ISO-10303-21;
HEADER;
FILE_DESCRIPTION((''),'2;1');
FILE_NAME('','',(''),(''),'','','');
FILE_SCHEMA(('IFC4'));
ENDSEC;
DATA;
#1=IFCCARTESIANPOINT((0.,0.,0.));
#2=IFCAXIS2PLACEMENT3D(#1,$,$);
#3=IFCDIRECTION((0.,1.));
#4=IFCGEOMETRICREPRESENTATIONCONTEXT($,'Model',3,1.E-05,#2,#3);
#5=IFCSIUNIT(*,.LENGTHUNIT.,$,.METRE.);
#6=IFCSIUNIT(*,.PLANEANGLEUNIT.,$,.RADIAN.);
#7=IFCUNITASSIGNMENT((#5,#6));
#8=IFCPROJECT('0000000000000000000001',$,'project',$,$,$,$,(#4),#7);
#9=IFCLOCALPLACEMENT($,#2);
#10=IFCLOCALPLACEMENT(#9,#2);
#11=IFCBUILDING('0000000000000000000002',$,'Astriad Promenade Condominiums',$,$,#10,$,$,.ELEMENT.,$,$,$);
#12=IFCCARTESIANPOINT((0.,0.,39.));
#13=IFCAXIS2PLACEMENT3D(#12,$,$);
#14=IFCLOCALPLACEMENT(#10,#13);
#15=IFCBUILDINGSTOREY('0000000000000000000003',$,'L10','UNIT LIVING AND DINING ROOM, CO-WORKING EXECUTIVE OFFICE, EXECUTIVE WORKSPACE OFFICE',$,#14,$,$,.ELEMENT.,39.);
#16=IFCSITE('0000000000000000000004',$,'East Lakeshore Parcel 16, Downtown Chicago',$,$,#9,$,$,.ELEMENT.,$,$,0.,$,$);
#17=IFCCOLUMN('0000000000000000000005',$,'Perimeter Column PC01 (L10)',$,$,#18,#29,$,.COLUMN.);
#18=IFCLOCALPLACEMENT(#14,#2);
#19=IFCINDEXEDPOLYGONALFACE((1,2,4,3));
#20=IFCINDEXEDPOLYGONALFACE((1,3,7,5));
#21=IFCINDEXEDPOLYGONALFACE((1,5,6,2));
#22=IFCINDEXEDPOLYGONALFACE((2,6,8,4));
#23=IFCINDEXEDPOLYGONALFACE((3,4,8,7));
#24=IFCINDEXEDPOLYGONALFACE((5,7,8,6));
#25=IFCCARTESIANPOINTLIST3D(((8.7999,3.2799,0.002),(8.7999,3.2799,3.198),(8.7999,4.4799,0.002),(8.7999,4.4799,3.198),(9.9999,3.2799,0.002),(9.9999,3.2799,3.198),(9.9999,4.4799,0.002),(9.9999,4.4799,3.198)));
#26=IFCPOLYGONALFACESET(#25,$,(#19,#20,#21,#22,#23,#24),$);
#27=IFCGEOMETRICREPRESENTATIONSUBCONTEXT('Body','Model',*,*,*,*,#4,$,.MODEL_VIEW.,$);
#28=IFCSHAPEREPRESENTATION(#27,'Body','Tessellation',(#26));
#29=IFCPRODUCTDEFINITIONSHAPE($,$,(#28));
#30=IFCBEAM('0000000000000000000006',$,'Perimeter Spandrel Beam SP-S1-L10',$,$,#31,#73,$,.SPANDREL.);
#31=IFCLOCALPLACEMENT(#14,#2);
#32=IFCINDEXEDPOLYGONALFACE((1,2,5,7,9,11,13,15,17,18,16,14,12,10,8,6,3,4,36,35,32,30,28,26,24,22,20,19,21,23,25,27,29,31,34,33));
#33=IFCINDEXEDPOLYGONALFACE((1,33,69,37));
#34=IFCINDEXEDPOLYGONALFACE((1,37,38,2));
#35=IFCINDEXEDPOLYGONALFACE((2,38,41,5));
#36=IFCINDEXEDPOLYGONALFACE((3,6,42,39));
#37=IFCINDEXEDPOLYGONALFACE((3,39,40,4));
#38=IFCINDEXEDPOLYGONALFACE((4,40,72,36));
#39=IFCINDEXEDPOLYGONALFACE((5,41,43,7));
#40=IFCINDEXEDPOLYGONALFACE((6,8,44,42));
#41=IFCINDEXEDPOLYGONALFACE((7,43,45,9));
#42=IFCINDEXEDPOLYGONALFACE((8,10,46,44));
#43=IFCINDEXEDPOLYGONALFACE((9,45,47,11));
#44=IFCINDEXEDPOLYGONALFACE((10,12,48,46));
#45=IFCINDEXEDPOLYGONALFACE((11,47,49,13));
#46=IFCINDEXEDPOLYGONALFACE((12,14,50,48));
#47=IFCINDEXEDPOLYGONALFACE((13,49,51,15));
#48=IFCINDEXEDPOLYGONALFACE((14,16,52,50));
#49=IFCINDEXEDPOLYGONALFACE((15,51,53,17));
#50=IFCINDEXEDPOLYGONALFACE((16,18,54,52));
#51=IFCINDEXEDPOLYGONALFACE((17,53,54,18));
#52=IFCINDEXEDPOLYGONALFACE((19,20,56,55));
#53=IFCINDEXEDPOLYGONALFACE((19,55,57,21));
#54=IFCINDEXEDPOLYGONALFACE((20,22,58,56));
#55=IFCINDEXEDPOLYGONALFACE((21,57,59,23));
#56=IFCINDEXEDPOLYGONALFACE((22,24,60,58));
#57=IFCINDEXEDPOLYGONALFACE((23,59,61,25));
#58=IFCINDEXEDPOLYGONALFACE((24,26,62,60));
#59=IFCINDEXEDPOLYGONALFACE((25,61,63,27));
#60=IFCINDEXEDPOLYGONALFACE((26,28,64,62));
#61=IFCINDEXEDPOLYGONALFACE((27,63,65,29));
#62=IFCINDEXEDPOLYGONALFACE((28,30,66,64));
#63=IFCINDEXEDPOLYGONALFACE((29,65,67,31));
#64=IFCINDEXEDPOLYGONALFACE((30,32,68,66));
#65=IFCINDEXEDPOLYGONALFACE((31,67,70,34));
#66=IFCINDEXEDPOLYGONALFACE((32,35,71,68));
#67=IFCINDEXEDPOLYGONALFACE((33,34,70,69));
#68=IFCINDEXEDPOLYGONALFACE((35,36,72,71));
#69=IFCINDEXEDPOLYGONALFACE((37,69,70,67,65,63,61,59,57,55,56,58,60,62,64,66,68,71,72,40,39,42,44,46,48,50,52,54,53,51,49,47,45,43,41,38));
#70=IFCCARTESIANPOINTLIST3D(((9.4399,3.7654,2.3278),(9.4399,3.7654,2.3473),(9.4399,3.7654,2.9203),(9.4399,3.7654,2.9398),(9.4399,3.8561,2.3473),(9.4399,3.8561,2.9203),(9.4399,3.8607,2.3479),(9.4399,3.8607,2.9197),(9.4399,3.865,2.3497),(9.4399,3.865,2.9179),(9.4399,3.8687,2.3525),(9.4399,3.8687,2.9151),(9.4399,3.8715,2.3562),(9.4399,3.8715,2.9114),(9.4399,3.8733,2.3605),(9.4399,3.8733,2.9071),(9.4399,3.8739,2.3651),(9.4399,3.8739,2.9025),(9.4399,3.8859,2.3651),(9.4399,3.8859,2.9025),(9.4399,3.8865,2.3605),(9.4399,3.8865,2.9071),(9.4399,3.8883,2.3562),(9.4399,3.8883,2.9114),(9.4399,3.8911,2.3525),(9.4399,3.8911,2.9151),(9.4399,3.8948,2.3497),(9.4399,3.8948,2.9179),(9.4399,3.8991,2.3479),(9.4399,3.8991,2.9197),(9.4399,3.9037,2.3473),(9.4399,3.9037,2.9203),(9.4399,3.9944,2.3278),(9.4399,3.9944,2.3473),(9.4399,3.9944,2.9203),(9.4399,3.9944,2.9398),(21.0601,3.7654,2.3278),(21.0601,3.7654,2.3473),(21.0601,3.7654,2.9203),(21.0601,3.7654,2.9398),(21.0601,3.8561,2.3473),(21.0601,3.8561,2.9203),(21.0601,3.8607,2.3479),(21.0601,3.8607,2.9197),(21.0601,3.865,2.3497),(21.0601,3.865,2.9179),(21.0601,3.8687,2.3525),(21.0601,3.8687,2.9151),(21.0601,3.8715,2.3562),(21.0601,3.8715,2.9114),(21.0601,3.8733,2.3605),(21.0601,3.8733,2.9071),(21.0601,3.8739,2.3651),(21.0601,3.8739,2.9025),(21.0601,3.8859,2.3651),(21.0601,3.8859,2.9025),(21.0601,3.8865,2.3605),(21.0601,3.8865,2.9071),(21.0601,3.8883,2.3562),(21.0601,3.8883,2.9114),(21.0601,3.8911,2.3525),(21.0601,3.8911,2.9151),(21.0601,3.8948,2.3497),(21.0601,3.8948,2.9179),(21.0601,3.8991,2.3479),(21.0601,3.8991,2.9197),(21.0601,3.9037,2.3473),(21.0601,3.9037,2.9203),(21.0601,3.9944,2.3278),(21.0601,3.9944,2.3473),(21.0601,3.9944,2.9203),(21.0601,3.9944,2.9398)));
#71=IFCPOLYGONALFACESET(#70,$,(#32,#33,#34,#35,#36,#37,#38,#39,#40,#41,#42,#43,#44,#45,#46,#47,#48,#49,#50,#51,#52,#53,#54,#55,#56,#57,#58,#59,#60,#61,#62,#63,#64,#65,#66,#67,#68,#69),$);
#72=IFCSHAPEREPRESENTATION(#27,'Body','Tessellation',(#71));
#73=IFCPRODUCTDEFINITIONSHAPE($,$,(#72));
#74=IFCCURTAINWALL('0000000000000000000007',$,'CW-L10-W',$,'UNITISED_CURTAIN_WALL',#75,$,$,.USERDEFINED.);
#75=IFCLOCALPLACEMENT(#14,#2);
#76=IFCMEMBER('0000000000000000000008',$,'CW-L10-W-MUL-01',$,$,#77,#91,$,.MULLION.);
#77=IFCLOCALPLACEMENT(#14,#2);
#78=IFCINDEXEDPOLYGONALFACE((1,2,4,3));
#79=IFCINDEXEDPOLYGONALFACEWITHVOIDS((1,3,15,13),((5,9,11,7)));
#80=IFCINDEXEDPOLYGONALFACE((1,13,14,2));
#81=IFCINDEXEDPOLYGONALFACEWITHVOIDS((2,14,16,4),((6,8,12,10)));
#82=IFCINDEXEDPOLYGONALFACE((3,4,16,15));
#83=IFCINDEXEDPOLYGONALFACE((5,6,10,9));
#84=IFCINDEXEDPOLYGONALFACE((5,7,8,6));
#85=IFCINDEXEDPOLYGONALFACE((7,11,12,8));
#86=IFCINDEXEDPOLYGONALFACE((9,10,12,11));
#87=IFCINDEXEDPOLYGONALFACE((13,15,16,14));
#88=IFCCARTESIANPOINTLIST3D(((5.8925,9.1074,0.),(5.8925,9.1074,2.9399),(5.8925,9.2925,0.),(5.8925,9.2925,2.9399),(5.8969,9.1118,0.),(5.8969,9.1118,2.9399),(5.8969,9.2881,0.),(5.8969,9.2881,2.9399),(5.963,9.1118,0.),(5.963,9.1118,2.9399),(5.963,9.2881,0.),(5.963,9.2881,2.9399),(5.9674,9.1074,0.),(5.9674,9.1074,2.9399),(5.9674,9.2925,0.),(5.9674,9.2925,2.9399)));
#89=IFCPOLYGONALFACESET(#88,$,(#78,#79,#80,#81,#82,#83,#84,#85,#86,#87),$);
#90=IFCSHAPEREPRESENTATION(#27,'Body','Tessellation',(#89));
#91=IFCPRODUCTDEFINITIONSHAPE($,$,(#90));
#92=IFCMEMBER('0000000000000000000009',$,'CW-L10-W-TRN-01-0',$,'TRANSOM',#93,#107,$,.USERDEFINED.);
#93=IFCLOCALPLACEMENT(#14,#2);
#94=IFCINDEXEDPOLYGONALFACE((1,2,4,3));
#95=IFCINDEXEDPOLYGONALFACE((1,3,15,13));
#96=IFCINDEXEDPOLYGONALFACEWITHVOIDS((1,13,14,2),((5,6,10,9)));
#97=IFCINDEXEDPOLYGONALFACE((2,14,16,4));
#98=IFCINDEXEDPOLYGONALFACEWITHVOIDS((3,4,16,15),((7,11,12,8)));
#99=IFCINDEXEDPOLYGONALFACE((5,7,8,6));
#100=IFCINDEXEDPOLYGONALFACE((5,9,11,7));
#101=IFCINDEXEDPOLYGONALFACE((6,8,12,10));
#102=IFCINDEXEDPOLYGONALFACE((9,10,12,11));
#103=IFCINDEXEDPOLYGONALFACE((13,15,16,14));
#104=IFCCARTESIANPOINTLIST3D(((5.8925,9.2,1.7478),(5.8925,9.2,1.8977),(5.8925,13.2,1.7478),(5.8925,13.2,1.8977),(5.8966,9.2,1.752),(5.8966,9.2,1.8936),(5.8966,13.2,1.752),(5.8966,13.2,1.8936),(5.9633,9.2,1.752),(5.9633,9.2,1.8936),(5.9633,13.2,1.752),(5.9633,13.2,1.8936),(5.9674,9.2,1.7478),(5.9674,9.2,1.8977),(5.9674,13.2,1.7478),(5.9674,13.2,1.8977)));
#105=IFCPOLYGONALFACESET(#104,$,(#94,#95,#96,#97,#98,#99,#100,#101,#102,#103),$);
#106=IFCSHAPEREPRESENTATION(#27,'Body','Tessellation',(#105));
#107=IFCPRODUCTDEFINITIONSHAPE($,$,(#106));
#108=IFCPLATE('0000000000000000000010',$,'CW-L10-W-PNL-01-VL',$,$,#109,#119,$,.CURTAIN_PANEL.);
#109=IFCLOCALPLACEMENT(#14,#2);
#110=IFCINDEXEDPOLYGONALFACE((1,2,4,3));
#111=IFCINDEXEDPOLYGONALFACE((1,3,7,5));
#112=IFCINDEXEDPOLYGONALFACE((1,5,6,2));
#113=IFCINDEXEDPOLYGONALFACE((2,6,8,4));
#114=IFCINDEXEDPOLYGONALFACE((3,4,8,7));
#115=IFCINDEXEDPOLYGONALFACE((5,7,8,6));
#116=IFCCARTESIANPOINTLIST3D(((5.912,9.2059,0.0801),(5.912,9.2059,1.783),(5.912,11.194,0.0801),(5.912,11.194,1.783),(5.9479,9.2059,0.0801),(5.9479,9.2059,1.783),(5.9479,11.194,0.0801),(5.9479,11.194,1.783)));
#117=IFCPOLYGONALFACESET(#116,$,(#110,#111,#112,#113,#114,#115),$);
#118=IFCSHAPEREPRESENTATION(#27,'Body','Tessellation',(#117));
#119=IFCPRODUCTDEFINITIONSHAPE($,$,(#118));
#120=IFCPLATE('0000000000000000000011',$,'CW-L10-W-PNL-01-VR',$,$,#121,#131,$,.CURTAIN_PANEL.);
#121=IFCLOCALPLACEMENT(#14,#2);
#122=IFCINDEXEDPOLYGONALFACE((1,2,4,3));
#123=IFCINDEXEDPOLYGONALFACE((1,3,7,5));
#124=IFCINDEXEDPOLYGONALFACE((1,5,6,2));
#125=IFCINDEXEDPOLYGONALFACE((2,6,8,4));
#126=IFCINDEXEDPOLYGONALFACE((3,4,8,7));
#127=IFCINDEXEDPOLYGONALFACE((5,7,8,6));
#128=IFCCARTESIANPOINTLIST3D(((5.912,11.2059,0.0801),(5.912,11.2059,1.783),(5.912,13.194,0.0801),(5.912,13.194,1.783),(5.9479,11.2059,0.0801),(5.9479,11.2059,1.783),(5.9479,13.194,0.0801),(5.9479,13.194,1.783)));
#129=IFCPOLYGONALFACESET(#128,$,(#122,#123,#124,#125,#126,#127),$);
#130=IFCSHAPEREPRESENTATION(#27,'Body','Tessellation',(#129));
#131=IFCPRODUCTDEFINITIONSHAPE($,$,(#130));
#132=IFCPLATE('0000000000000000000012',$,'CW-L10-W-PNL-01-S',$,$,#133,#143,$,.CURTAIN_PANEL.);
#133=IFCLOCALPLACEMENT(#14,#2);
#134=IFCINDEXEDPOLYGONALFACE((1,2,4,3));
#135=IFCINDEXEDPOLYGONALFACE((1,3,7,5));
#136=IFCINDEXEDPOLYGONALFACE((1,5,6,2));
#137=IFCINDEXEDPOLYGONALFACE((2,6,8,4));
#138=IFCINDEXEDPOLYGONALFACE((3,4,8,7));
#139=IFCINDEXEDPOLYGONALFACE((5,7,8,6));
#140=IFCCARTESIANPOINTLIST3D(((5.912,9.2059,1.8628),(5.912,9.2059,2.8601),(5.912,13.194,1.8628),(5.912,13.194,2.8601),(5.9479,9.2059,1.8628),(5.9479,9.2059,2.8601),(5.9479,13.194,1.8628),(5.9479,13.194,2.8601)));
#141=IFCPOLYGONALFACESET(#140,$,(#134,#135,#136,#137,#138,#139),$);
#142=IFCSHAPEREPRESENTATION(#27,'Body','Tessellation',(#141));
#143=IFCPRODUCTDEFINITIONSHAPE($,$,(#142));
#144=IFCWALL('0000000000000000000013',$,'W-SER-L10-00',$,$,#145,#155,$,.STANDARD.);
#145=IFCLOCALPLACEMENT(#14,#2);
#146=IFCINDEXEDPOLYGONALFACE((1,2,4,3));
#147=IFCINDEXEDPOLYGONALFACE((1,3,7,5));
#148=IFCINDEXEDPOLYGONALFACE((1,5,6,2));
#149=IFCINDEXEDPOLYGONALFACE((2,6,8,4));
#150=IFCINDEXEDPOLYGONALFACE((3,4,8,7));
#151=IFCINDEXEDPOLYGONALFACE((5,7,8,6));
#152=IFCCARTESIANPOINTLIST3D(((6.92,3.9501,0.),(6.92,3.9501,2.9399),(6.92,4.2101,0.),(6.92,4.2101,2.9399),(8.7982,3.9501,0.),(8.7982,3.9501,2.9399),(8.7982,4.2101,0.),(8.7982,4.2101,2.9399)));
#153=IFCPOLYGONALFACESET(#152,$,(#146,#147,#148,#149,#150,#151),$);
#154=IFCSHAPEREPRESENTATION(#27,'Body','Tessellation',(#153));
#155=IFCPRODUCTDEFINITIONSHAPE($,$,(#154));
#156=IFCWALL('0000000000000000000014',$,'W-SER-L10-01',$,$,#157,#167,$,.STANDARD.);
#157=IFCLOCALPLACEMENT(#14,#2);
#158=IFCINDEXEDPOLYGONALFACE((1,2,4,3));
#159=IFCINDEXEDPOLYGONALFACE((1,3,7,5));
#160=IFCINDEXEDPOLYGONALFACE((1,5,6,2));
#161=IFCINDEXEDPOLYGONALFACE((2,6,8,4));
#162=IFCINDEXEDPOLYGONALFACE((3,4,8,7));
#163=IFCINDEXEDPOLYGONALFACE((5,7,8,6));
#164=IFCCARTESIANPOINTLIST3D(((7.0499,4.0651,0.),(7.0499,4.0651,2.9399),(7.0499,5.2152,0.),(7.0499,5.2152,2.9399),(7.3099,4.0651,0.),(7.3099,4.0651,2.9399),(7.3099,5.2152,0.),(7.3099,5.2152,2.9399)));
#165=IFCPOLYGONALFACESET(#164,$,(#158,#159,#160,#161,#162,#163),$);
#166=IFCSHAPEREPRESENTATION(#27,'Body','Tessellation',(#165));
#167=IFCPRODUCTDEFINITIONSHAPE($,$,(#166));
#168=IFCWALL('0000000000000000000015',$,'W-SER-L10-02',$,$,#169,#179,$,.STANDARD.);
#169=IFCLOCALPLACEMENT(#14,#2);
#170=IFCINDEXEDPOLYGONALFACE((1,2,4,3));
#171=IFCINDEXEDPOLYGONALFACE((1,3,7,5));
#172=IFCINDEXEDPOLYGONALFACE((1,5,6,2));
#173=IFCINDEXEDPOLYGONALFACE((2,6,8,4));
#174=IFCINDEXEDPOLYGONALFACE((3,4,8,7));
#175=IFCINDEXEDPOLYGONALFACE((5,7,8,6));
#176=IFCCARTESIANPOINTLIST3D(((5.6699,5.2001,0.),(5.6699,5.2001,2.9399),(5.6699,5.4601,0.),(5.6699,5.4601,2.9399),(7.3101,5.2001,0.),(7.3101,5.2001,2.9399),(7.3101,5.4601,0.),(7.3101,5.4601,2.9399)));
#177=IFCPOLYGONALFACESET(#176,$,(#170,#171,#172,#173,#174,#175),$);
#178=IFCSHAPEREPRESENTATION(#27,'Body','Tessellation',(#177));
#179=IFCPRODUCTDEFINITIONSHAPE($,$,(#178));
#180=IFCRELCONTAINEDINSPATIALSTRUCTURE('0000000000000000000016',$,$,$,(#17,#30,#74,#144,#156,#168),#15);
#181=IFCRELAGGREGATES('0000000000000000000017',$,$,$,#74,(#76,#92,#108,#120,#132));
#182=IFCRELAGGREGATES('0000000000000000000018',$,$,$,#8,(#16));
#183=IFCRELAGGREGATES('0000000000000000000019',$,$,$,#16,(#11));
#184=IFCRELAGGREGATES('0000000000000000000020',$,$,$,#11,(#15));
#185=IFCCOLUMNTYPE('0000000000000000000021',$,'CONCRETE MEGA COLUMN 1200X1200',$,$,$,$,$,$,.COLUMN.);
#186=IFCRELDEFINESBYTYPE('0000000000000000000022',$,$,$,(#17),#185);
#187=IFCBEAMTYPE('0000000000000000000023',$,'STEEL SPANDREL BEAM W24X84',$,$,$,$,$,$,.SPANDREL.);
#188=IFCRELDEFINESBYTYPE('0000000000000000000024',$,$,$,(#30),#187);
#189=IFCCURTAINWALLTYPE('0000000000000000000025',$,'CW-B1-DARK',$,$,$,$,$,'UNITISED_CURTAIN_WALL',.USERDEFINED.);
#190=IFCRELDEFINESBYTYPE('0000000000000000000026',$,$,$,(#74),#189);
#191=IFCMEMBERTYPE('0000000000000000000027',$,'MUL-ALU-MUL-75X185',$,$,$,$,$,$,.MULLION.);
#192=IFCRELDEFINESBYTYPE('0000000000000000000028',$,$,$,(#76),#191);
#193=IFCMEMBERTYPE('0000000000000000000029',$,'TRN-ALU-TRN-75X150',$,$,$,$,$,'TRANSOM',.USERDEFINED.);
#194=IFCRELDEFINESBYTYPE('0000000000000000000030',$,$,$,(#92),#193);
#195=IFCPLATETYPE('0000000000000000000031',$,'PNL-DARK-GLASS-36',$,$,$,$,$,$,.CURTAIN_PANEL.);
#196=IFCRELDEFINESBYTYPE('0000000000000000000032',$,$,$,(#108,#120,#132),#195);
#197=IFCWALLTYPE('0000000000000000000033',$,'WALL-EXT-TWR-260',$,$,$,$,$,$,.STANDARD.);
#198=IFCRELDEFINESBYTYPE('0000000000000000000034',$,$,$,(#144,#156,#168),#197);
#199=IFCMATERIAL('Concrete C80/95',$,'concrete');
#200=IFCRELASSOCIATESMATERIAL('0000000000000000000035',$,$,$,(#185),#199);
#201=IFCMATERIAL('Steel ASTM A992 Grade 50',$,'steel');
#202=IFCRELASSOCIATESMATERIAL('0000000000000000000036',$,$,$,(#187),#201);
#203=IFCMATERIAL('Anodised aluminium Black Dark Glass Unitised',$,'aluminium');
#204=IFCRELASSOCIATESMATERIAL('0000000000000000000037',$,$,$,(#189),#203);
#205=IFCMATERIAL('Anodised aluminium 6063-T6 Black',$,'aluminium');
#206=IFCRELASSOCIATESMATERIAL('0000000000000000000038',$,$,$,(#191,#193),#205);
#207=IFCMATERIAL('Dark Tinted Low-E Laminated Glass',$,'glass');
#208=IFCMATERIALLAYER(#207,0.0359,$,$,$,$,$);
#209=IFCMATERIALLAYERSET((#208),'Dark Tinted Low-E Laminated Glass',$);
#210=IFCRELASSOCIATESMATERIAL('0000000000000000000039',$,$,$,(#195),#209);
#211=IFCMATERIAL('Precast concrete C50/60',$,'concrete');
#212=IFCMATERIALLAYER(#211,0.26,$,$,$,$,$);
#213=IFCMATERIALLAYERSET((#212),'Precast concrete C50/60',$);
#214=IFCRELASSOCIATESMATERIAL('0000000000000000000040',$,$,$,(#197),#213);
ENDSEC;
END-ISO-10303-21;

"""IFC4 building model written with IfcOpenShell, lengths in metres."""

from ifc_helpers import new_model, si_unit, direction, frame, frame_2d, origin, origin_2d, place, context, subcontext, project, spatial, rectangle, hollow_rectangle, i_section, extrude, source, transform, mapped, material, layer, layer_set, material_profile, profile_set, type_object, type_shapes, element, aggregate, save


model = new_model("IFC4")

# Units and contexts
model_context = context("Model", 3, precision=1e-05, world=origin(), true_north=direction((0.0, 1.0)))
body_context = subcontext(model_context, "Body", "Model", "MODEL_VIEW")
ifc_project = project(units=[si_unit("LENGTHUNIT", "METRE"), si_unit("PLANEANGLEUNIT", "RADIAN")], contexts=[model_context])

# Site, building, storey
site_placement = place(None, origin())
site = spatial("IfcSite", under=ifc_project, at=site_placement, Name="East Lakeshore Parcel 16, Downtown Chicago", CompositionType="ELEMENT", RefElevation=0.0)
building_placement = place(site_placement, origin())
building = spatial("IfcBuilding", under=site, at=building_placement, Name="Astriad Promenade Condominiums", CompositionType="ELEMENT")
storey_placement = place(building_placement, frame((0.0, 0.0, 39.0)))
storey = spatial("IfcBuildingStorey", under=building, at=storey_placement, Name="L10", Description="UNIT LIVING AND DINING ROOM, CO-WORKING EXECUTIVE OFFICE, EXECUTIVE WORKSPACE OFFICE", CompositionType="ELEMENT", Elevation=39.0)

# Column
ifc_material_1 = material(Name="Concrete C80/95", Category="concrete")
ifc_material_profile_1 = material_profile(ifc_material_1, rectangle(XDim=1.2, YDim=1.2, at=origin_2d()), Name="RC-COL-1200X1200")
ifc_profile_set_1 = profile_set([ifc_material_profile_1], Name="Concrete C80/95")
column_type = type_object("IfcColumnType", Name="CONCRETE MEGA COLUMN 1200X1200", PredefinedType="COLUMN", material=ifc_profile_set_1)
shared_shape_1 = source(origin(), body_context, "Body", "SweptSolid", [
    extrude(rectangle(XDim=1.2, YDim=1.2, at=origin_2d()), origin(), (0.0, 0.0, 1.0), 3.196),
])
type_shapes(column_type, [shared_shape_1])
column_placement = place(storey_placement, frame((9.3999, 3.8799, 0.002), z_axis=(0.0, 0.0, 1.0), x_axis=(1.0, 0.0, 0.0)))
element("IfcColumn", 1, at=column_placement, inside=storey, type_object=column_type, Name="Perimeter Column PC01 (L10)", PredefinedType="COLUMN", context=body_context, shape_type="MappedRepresentation", body=[
    mapped(shared_shape_1, transform((0.0, 0.0, 0.0), scale=1.0)),
])

# Beam
ifc_material_2 = material(Name="Steel ASTM A992 Grade 50", Category="steel")
ifc_material_profile_2 = material_profile(ifc_material_2, i_section(OverallWidth=0.229, OverallDepth=0.6121, WebThickness=0.012, FlangeThickness=0.0195, FilletRadius=0.0178, at=origin_2d()), Name="W24X84")
ifc_profile_set_2 = profile_set([ifc_material_profile_2], Name="Steel ASTM A992 Grade 50")
beam_type = type_object("IfcBeamType", Name="STEEL SPANDREL BEAM W24X84", PredefinedType="SPANDREL", material=ifc_profile_set_2)
shared_shape_2 = source(origin(), body_context, "Body", "SweptSolid", [
    extrude(i_section(OverallWidth=0.229, OverallDepth=0.6121, WebThickness=0.012, FlangeThickness=0.0195, FilletRadius=0.0178, at=origin_2d()), origin(), (0.0, 0.0, 1.0), 11.6201),
])
type_shapes(beam_type, [shared_shape_2])
beam_placement = place(storey_placement, frame((9.4399, 3.8799, 2.6338), z_axis=(1.0, 0.0, 0.0), x_axis=(0.0, 1.0, 0.0)))
element("IfcBeam", 2, at=beam_placement, inside=storey, type_object=beam_type, Name="Perimeter Spandrel Beam SP-S1-L10", PredefinedType="SPANDREL", context=body_context, shape_type="MappedRepresentation", body=[
    mapped(shared_shape_2, transform((0.0, 0.0, 0.0), scale=1.0)),
])

# Curtain wall, members, plates
ifc_material_3 = material(Name="Anodised aluminium Black Dark Glass Unitised", Category="aluminium")
curtain_wall_type = type_object("IfcCurtainWallType", Name="CW-B1-DARK", ElementType="UNITISED_CURTAIN_WALL", PredefinedType="USERDEFINED", material=ifc_material_3)
curtain_wall_placement = place(storey_placement, origin())
curtain_wall = element("IfcCurtainWall", 3, at=curtain_wall_placement, inside=storey, type_object=curtain_wall_type, Name="CW-L10-W", ObjectType="UNITISED_CURTAIN_WALL", PredefinedType="USERDEFINED")
ifc_material_4 = material(Name="Anodised aluminium 6063-T6 Black", Category="aluminium")
ifc_material_profile_3 = material_profile(ifc_material_4, hollow_rectangle(XDim=0.075, YDim=0.1851, WallThickness=0.0044, at=origin_2d()), Name="ALU-MUL-75X185")
ifc_profile_set_3 = profile_set([ifc_material_profile_3], Name="Anodised aluminium 6063-T6 Black")
member_type_1 = type_object("IfcMemberType", Name="MUL-ALU-MUL-75X185", PredefinedType="MULLION", material=ifc_profile_set_3)
shared_shape_3 = source(origin(), body_context, "Body", "SweptSolid", [
    extrude(hollow_rectangle(XDim=0.075, YDim=0.1851, WallThickness=0.0044, at=origin_2d()), origin(), (0.0, 0.0, 1.0), 2.9399),
])
type_shapes(member_type_1, [shared_shape_3])
member_1_placement = place(storey_placement, frame((5.9299, 9.2, 0.0), z_axis=(0.0, 0.0, 1.0), x_axis=(1.0, 0.0, 0.0)))
member_1 = element("IfcMember", 4, at=member_1_placement, type_object=member_type_1, Name="CW-L10-W-MUL-01", PredefinedType="MULLION", context=body_context, shape_type="MappedRepresentation", body=[
    mapped(shared_shape_3, transform((0.0, 0.0, 0.0), scale=1.0)),
])
ifc_material_profile_4 = material_profile(ifc_material_4, hollow_rectangle(XDim=0.075, YDim=0.1499, WallThickness=0.0042, at=origin_2d()), Name="ALU-TRN-75X150")
ifc_profile_set_4 = profile_set([ifc_material_profile_4], Name="Anodised aluminium 6063-T6 Black")
member_type_2 = type_object("IfcMemberType", Name="TRN-ALU-TRN-75X150", ElementType="TRANSOM", PredefinedType="USERDEFINED", material=ifc_profile_set_4)
shared_shape_4 = source(origin(), body_context, "Body", "SweptSolid", [
    extrude(hollow_rectangle(XDim=0.075, YDim=0.1499, WallThickness=0.0042, at=origin_2d()), origin(), (0.0, 0.0, 1.0), 4.0),
])
type_shapes(member_type_2, [shared_shape_4])
member_2_placement = place(storey_placement, frame((5.9299, 9.2, 1.8228), z_axis=(0.0, 1.0, 0.0), x_axis=(-1.0, 0.0, 0.0)))
member_2 = element("IfcMember", 5, at=member_2_placement, type_object=member_type_2, Name="CW-L10-W-TRN-01-0", ObjectType="TRANSOM", PredefinedType="USERDEFINED", context=body_context, shape_type="MappedRepresentation", body=[
    mapped(shared_shape_4, transform((0.0, 0.0, 0.0), scale=1.0)),
])
ifc_material_5 = material(Name="Dark Tinted Low-E Laminated Glass", Category="glass")
ifc_layer_1 = layer(ifc_material_5, 0.0359)
ifc_layer_set_1 = layer_set([ifc_layer_1], Name="Dark Tinted Low-E Laminated Glass")
plate_type = type_object("IfcPlateType", Name="PNL-DARK-GLASS-36", PredefinedType="CURTAIN_PANEL", material=ifc_layer_set_1)
shared_shape_5 = source(origin(), body_context, "Body", "SweptSolid", [
    extrude(rectangle(XDim=1.988, YDim=0.0359, at=origin_2d()), origin(), (0.0, 0.0, 1.0), 1.7029),
])
plate_1_placement = place(storey_placement, frame((5.9299, 10.2, 0.0801), z_axis=(0.0, 0.0, 1.0), x_axis=(0.0, 1.0, 0.0)))
plate_1 = element("IfcPlate", 6, at=plate_1_placement, type_object=plate_type, Name="CW-L10-W-PNL-01-VL", PredefinedType="CURTAIN_PANEL", context=body_context, shape_type="MappedRepresentation", body=[
    mapped(shared_shape_5, transform((0.0, 0.0, 0.0), scale=1.0)),
])
plate_2_placement = place(storey_placement, frame((5.9299, 12.2, 0.0801), z_axis=(0.0, 0.0, 1.0), x_axis=(0.0, 1.0, 0.0)))
plate_2 = element("IfcPlate", 7, at=plate_2_placement, type_object=plate_type, Name="CW-L10-W-PNL-01-VR", PredefinedType="CURTAIN_PANEL", context=body_context, shape_type="MappedRepresentation", body=[
    mapped(shared_shape_5, transform((0.0, 0.0, 0.0), scale=1.0)),
])
shared_shape_6 = source(origin(), body_context, "Body", "SweptSolid", [
    extrude(rectangle(XDim=3.988, YDim=0.0359, at=origin_2d()), origin(), (0.0, 0.0, 1.0), 0.9973),
])
type_shapes(plate_type, [shared_shape_5, shared_shape_6])
plate_3_placement = place(storey_placement, frame((5.9299, 11.2, 1.8628), z_axis=(0.0, 0.0, 1.0), x_axis=(0.0, 1.0, 0.0)))
plate_3 = element("IfcPlate", 8, at=plate_3_placement, type_object=plate_type, Name="CW-L10-W-PNL-01-S", PredefinedType="CURTAIN_PANEL", context=body_context, shape_type="MappedRepresentation", body=[
    mapped(shared_shape_6, transform((0.0, 0.0, 0.0), scale=1.0)),
])
aggregate(curtain_wall, [member_1, member_2, plate_1, plate_2, plate_3])

# Walls
ifc_material_6 = material(Name="Precast concrete C50/60", Category="concrete")
ifc_layer_2 = layer(ifc_material_6, 0.26)
ifc_layer_set_2 = layer_set([ifc_layer_2], Name="Precast concrete C50/60")
wall_type_1 = type_object("IfcWallType", Name="WALL-EXT-TWR-260", PredefinedType="STANDARD", material=ifc_layer_set_2)
wall_1_placement = place(storey_placement, frame((8.7981, 4.0801, 0.0), z_axis=(0.0, 0.0, 1.0), x_axis=(-1.0, 0.0, 0.0)))
element("IfcWall", 9, at=wall_1_placement, inside=storey, type_object=wall_type_1, Name="W-SER-L10-00", PredefinedType="STANDARD", context=body_context, shape_type="SweptSolid", body=[
    extrude(rectangle(XDim=1.8782, YDim=0.26, at=frame_2d((0.939, 0.0))), origin(), (0.0, 0.0, 1.0), 2.9399),
])
wall_2_placement = place(storey_placement, frame((7.1799, 4.0649, 0.0), z_axis=(0.0, 0.0, 1.0), x_axis=(0.0, 1.0, 0.0)))
element("IfcWall", 10, at=wall_2_placement, inside=storey, type_object=wall_type_1, Name="W-SER-L10-01", PredefinedType="STANDARD", context=body_context, shape_type="SweptSolid", body=[
    extrude(rectangle(XDim=1.1501, YDim=0.26, at=frame_2d((0.5752, 0.0))), origin(), (0.0, 0.0, 1.0), 2.9399),
])
wall_3_placement = place(storey_placement, frame((7.3101, 5.3301, 0.0), z_axis=(0.0, 0.0, 1.0), x_axis=(-1.0, 0.0, 0.0)))
element("IfcWall", 11, at=wall_3_placement, inside=storey, type_object=wall_type_1, Name="W-SER-L10-02", PredefinedType="STANDARD", context=body_context, shape_type="SweptSolid", body=[
    extrude(rectangle(XDim=1.6401, YDim=0.26, at=frame_2d((0.8201, 0.0))), origin(), (0.0, 0.0, 1.0), 2.9399),
])

save(model, "model.ifc")
